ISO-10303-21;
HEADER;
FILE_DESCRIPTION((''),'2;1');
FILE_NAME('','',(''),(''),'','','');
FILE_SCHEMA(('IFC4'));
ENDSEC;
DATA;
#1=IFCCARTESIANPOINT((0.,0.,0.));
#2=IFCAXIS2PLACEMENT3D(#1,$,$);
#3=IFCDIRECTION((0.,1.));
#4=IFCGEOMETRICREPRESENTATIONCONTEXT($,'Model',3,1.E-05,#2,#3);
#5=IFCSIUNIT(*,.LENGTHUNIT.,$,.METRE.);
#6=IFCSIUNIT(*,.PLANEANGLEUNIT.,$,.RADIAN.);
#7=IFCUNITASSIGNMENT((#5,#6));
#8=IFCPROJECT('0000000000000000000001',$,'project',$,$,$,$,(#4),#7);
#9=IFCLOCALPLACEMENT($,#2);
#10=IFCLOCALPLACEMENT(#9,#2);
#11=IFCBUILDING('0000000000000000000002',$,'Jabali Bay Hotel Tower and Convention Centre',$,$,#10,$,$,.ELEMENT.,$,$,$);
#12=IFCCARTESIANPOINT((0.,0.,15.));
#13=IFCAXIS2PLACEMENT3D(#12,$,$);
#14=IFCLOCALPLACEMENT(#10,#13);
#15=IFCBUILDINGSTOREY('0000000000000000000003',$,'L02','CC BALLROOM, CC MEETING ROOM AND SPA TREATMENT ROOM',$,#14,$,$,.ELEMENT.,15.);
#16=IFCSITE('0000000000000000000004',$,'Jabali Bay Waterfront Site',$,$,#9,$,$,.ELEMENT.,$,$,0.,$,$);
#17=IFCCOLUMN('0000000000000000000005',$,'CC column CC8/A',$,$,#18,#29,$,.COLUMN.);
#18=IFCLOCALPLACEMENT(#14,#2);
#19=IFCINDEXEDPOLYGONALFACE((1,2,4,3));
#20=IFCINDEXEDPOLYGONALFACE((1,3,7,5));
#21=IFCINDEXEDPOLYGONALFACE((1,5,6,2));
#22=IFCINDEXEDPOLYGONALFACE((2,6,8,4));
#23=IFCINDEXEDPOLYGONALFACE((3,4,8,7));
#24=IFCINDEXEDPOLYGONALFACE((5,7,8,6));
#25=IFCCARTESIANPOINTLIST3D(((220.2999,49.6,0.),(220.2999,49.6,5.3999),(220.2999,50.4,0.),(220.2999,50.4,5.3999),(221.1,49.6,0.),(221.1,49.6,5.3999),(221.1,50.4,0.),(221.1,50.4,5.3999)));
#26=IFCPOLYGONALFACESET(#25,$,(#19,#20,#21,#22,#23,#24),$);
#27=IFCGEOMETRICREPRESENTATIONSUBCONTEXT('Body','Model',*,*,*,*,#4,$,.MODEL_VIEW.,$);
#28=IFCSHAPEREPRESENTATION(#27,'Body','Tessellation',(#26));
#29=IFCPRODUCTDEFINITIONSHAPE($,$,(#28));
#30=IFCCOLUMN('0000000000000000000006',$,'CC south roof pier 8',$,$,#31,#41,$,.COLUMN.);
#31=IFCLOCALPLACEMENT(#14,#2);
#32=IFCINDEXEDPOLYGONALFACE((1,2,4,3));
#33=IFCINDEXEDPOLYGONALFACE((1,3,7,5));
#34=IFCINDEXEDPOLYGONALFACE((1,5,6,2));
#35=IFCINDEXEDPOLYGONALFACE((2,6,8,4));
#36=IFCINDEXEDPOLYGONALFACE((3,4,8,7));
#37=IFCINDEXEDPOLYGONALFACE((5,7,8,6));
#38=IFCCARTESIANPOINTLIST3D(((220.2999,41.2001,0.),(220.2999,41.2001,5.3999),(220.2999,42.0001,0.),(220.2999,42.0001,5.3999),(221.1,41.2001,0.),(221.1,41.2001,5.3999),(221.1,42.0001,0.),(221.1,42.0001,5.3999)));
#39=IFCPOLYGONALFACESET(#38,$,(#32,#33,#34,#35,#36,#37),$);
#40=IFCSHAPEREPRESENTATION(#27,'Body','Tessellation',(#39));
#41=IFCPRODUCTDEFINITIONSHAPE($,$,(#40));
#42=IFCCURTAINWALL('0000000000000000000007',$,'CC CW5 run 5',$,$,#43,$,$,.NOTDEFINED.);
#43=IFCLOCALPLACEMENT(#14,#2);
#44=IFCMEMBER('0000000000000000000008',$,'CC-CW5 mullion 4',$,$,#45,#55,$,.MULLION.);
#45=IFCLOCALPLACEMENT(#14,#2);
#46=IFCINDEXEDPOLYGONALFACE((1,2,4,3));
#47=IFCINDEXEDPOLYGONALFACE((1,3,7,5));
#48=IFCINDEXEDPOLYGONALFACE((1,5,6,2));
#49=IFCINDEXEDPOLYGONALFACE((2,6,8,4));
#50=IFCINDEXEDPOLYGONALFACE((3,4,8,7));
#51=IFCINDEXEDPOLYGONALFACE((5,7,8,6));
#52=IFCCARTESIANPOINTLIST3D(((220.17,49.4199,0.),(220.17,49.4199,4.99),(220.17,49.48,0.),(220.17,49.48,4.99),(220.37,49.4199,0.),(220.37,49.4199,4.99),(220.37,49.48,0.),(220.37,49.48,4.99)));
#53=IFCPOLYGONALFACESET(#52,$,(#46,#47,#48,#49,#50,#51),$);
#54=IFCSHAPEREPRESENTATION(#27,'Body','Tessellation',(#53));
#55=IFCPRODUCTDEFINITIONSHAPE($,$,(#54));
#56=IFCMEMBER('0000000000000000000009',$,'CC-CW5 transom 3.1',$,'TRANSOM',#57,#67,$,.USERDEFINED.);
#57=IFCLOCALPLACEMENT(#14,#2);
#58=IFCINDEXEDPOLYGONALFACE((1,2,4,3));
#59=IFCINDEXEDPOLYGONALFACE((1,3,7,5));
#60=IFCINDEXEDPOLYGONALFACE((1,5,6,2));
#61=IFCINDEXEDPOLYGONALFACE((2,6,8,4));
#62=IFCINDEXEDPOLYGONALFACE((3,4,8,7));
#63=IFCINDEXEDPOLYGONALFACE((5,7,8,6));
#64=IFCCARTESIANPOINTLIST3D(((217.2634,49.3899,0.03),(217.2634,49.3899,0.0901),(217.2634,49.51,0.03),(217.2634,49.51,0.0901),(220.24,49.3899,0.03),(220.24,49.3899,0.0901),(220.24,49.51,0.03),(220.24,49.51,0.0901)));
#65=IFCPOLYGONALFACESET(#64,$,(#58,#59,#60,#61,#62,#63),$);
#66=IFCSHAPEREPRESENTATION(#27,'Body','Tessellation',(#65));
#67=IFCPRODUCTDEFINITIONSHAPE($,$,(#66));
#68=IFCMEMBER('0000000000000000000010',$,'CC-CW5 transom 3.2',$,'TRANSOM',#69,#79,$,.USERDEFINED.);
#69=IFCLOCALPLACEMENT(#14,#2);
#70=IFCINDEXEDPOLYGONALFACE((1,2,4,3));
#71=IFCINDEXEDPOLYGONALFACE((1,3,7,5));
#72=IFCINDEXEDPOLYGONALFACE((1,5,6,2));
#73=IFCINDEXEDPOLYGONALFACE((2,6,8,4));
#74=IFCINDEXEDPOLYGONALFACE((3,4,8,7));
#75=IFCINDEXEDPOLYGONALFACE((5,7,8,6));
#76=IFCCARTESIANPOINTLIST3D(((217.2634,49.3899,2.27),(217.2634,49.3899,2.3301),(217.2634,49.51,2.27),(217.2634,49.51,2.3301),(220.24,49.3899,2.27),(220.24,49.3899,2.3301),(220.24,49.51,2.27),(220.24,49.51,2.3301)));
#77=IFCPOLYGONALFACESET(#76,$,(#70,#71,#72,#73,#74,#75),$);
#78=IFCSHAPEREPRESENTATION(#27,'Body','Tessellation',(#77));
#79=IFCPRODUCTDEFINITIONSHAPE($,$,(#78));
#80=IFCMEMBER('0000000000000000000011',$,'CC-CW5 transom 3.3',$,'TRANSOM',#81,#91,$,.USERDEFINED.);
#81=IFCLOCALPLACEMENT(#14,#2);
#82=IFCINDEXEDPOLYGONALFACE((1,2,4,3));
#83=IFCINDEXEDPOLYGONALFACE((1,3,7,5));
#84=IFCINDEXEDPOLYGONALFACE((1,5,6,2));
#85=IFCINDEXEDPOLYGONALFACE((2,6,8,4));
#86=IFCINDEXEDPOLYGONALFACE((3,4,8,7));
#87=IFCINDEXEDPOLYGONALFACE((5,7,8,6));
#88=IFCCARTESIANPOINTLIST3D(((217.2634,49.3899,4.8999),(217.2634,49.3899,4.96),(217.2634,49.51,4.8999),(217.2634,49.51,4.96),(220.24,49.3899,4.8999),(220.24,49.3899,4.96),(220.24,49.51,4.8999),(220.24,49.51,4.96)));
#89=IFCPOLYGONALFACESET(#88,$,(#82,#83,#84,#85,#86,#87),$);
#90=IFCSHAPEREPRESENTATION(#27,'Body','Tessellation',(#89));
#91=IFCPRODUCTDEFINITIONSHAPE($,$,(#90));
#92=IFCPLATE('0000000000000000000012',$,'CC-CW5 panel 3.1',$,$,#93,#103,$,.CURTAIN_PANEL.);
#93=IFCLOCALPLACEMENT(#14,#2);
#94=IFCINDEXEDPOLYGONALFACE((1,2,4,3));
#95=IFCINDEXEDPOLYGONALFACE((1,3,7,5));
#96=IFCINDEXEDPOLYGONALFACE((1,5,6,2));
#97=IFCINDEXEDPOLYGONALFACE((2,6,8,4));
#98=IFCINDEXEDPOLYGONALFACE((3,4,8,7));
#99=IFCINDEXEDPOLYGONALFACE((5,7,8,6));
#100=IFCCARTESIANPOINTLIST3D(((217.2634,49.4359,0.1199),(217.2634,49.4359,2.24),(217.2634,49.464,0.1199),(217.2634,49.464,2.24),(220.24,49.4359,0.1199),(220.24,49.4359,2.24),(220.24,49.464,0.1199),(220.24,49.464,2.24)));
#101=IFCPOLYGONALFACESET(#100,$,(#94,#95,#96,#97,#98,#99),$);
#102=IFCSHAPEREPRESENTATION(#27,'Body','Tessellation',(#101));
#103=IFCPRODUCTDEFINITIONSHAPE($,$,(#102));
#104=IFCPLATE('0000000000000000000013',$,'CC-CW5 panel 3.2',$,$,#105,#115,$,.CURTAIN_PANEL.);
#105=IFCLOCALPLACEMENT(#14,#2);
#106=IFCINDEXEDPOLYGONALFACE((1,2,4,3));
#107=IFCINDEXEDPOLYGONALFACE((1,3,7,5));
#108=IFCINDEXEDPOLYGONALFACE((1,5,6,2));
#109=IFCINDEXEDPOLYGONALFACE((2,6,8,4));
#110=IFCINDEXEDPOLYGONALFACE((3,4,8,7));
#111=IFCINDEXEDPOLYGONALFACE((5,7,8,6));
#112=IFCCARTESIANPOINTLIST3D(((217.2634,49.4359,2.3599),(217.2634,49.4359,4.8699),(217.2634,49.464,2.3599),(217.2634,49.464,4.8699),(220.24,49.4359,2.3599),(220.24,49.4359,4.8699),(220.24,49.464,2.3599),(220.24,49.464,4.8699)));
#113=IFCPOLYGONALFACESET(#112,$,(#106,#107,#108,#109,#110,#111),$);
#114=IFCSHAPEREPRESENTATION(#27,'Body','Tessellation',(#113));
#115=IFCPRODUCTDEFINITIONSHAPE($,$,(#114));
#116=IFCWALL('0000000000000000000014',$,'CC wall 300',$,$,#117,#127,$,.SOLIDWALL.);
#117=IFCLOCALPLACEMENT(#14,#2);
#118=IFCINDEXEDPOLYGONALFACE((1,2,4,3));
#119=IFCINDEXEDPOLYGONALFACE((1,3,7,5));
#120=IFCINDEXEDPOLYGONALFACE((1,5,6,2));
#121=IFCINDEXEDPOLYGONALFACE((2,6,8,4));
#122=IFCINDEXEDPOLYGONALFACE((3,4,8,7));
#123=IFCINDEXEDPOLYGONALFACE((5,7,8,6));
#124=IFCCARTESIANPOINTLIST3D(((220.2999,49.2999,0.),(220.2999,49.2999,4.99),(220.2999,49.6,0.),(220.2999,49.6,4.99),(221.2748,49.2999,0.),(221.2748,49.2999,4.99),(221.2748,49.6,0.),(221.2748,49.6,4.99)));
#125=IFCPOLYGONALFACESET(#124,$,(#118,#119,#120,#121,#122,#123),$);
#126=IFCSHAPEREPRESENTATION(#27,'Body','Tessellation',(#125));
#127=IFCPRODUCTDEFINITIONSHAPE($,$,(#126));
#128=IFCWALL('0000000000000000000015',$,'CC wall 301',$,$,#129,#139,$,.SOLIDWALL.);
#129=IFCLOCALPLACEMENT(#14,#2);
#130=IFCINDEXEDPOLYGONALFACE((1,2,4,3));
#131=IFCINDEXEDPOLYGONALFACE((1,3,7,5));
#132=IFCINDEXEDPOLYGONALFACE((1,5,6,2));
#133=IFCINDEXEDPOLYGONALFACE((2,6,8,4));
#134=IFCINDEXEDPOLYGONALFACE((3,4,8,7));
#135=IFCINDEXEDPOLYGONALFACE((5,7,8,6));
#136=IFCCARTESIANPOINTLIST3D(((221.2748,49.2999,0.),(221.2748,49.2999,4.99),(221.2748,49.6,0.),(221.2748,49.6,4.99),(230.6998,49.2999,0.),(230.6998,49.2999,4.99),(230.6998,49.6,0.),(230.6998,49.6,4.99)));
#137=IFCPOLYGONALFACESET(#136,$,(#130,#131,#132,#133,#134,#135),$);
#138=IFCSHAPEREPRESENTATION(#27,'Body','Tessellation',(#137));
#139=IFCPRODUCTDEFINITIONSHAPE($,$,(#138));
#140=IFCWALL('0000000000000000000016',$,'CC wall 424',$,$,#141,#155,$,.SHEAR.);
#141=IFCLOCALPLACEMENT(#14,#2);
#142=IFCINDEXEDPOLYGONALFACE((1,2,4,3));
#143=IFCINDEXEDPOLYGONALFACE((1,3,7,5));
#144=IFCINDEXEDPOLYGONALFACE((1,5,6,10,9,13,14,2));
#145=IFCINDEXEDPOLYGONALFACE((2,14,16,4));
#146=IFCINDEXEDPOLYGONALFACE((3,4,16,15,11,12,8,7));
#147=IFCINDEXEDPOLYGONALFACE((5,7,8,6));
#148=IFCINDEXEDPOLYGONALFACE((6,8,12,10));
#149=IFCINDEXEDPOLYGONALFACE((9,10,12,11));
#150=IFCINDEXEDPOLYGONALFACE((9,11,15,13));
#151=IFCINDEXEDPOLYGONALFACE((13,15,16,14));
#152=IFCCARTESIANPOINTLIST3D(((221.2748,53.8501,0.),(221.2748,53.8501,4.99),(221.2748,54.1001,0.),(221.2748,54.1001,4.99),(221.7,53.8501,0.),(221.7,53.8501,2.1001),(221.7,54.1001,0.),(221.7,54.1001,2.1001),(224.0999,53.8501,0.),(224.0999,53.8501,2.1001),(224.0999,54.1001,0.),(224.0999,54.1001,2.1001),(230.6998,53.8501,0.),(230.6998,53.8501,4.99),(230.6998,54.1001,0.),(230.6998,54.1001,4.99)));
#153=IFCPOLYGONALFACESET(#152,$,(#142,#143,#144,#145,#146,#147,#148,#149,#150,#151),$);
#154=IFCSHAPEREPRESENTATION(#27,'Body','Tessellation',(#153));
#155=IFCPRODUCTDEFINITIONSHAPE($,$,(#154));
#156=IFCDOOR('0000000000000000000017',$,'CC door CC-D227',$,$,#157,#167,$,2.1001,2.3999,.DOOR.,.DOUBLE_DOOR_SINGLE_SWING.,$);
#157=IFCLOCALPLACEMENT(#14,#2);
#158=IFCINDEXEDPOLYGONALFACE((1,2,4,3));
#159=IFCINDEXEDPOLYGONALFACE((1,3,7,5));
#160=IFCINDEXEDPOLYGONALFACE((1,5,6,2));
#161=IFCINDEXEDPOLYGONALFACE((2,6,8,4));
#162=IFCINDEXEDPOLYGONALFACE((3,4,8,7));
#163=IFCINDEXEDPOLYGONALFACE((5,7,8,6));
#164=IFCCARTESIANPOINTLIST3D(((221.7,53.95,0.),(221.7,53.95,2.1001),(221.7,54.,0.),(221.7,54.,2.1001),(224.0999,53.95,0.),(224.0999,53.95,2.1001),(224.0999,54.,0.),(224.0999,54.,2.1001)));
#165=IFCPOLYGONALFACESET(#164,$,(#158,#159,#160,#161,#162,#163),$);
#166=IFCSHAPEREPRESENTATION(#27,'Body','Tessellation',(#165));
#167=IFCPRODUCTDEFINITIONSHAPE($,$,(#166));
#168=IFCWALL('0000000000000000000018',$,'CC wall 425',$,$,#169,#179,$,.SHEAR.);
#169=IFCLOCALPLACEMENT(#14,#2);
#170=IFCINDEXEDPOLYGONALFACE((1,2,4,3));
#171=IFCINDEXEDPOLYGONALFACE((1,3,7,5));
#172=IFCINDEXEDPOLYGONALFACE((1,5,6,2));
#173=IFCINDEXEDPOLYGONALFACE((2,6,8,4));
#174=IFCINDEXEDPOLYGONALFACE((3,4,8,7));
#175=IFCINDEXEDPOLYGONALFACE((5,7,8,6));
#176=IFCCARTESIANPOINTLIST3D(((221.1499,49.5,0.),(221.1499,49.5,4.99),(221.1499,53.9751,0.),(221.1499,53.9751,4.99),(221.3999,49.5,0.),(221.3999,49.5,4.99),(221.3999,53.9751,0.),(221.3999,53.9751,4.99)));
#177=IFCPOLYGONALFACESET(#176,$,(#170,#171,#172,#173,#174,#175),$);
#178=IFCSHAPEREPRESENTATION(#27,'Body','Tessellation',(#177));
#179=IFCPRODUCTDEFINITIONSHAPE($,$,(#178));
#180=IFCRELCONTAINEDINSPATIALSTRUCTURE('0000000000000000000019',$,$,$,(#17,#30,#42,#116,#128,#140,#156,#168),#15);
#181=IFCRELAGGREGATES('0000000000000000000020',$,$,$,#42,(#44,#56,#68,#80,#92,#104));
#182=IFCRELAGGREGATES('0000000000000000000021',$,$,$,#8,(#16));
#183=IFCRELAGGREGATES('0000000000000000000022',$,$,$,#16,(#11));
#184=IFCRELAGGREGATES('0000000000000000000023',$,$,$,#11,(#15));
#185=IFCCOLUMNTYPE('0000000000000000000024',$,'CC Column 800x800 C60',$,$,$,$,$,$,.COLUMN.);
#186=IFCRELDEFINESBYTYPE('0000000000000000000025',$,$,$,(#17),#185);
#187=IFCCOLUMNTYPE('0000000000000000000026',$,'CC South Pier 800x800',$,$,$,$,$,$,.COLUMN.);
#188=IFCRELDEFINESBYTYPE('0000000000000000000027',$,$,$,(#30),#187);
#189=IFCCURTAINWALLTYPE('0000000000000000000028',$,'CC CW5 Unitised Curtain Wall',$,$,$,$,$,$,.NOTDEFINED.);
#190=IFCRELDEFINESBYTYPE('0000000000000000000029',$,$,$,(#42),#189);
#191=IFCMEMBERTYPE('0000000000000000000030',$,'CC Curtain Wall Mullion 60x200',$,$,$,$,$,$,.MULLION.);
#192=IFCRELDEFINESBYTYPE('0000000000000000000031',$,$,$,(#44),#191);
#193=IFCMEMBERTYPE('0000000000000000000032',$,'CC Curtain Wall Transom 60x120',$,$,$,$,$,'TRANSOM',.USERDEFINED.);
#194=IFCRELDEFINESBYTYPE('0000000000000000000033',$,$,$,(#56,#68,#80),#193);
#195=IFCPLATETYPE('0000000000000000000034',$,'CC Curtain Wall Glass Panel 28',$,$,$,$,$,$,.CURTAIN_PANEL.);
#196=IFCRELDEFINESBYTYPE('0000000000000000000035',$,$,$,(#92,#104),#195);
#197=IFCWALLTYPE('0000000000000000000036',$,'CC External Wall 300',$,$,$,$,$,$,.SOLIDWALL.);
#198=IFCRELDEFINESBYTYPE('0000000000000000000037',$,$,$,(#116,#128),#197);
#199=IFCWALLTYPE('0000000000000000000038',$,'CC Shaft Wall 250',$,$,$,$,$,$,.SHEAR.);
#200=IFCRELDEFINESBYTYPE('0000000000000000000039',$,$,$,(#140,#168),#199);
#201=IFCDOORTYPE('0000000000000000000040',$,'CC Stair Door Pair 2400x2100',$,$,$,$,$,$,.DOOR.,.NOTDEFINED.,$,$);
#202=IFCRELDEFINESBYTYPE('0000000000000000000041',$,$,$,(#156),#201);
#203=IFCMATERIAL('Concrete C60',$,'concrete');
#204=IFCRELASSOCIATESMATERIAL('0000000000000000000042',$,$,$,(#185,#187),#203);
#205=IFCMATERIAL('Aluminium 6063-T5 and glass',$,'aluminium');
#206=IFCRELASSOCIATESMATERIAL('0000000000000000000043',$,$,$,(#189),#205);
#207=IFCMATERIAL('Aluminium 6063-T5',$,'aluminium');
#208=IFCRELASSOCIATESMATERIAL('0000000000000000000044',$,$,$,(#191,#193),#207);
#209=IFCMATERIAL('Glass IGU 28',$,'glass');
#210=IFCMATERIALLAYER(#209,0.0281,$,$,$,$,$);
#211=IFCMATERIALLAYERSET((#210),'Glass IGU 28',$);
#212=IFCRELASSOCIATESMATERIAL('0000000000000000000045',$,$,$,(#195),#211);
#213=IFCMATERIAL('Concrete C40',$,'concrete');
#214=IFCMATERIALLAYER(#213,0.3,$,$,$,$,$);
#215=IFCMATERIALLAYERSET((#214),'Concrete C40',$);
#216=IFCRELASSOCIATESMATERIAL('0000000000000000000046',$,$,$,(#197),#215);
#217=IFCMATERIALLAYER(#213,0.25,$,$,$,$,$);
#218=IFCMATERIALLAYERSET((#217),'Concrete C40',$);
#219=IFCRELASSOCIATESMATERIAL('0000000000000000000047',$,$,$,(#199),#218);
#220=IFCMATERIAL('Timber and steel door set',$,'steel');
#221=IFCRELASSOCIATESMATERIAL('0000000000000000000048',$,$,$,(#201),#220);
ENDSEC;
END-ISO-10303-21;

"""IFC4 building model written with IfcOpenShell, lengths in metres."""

from ifc_helpers import new_model, si_unit, direction, frame, frame_2d, origin, origin_2d, place, context, subcontext, project, spatial, rectangle, extrude, material, layer, layer_set, material_profile, profile_set, type_object, element, fill, aggregate, save


model = new_model("IFC4")

# Units and contexts
model_context = context("Model", 3, precision=1e-05, world=origin(), true_north=direction((0.0, 1.0)))
body_context = subcontext(model_context, "Body", "Model", "MODEL_VIEW")
ifc_project = project(units=[si_unit("LENGTHUNIT", "METRE"), si_unit("PLANEANGLEUNIT", "RADIAN")], contexts=[model_context])

# Site, building, storey
site_placement = place(None, origin())
site = spatial("IfcSite", under=ifc_project, at=site_placement, Name="Jabali Bay Waterfront Site", CompositionType="ELEMENT", RefElevation=0.0)
building_placement = place(site_placement, origin())
building = spatial("IfcBuilding", under=site, at=building_placement, Name="Jabali Bay Hotel Tower and Convention Centre", CompositionType="ELEMENT")
storey_placement = place(building_placement, frame((0.0, 0.0, 15.0)))
storey = spatial("IfcBuildingStorey", under=building, at=storey_placement, Name="L02", Description="CC BALLROOM, CC MEETING ROOM AND SPA TREATMENT ROOM", CompositionType="ELEMENT", Elevation=15.0)

# Columns
ifc_material_1 = material(Name="Concrete C60", Category="concrete")
ifc_material_profile_1 = material_profile(ifc_material_1, rectangle(XDim=0.8, YDim=0.8, at=origin_2d()), Name="RC 800x800")
ifc_profile_set_1 = profile_set([ifc_material_profile_1], Name="Concrete C60")
column_type_1 = type_object("IfcColumnType", Name="CC Column 800x800 C60", PredefinedType="COLUMN", material=ifc_profile_set_1)
column_1_placement = place(storey_placement, frame((220.7, 50.0, 0.0), z_axis=(0.0, 0.0, 1.0), x_axis=(1.0, 0.0, 0.0)))
element("IfcColumn", 1, at=column_1_placement, inside=storey, type_object=column_type_1, Name="CC column CC8/A", PredefinedType="COLUMN", context=body_context, shape_type="SweptSolid", body=[
    extrude(rectangle(XDim=0.8, YDim=0.8, at=origin_2d()), origin(), (0.0, 0.0, 1.0), 5.3999),
])
ifc_material_profile_2 = material_profile(ifc_material_1, rectangle(XDim=0.8, YDim=0.8, at=origin_2d()), Name="RC 800x800")
ifc_profile_set_2 = profile_set([ifc_material_profile_2], Name="Concrete C60")
column_type_2 = type_object("IfcColumnType", Name="CC South Pier 800x800", PredefinedType="COLUMN", material=ifc_profile_set_2)
column_2_placement = place(storey_placement, frame((220.7, 41.6001, 0.0), z_axis=(0.0, 0.0, 1.0), x_axis=(1.0, 0.0, 0.0)))
element("IfcColumn", 2, at=column_2_placement, inside=storey, type_object=column_type_2, Name="CC south roof pier 8", PredefinedType="COLUMN", context=body_context, shape_type="SweptSolid", body=[
    extrude(rectangle(XDim=0.8, YDim=0.8, at=origin_2d()), origin(), (0.0, 0.0, 1.0), 5.3999),
])

# Curtain wall, members, plates
ifc_material_2 = material(Name="Aluminium 6063-T5 and glass", Category="aluminium")
curtain_wall_type = type_object("IfcCurtainWallType", Name="CC CW5 Unitised Curtain Wall", PredefinedType="NOTDEFINED", material=ifc_material_2)
curtain_wall_placement = place(storey_placement, origin())
curtain_wall = element("IfcCurtainWall", 3, at=curtain_wall_placement, inside=storey, type_object=curtain_wall_type, Name="CC CW5 run 5", PredefinedType="NOTDEFINED")
ifc_material_3 = material(Name="Aluminium 6063-T5", Category="aluminium")
ifc_material_profile_3 = material_profile(ifc_material_3, rectangle(XDim=0.0601, YDim=0.2, at=origin_2d()), Name="AL 60x200")
ifc_profile_set_3 = profile_set([ifc_material_profile_3], Name="Aluminium 6063-T5")
member_type_1 = type_object("IfcMemberType", Name="CC Curtain Wall Mullion 60x200", PredefinedType="MULLION", material=ifc_profile_set_3)
member_1_placement = place(storey_placement, frame((220.27, 49.45, 0.0), z_axis=(0.0, 0.0, 1.0), x_axis=(0.0, 1.0, 0.0)))
member_1 = element("IfcMember", 4, at=member_1_placement, type_object=member_type_1, Name="CC-CW5 mullion 4", PredefinedType="MULLION", context=body_context, shape_type="SweptSolid", body=[
    extrude(rectangle(XDim=0.0601, YDim=0.2, at=origin_2d()), origin(), (0.0, 0.0, 1.0), 4.99),
])
ifc_material_profile_4 = material_profile(ifc_material_3, rectangle(XDim=0.1201, YDim=0.0601, at=origin_2d()), Name="AL 120x60")
ifc_profile_set_4 = profile_set([ifc_material_profile_4], Name="Aluminium 6063-T5")
member_type_2 = type_object("IfcMemberType", Name="CC Curtain Wall Transom 60x120", ElementType="TRANSOM", PredefinedType="USERDEFINED", material=ifc_profile_set_4)
member_2_placement = place(storey_placement, frame((217.2634, 49.45, 0.0601), z_axis=(1.0, 0.0, 0.0), x_axis=(0.0, 1.0, 0.0)))
member_2 = element("IfcMember", 5, at=member_2_placement, type_object=member_type_2, Name="CC-CW5 transom 3.1", ObjectType="TRANSOM", PredefinedType="USERDEFINED", context=body_context, shape_type="SweptSolid", body=[
    extrude(rectangle(XDim=0.1201, YDim=0.0601, at=origin_2d()), origin(), (0.0, 0.0, 1.0), 2.9766),
])
member_3_placement = place(storey_placement, frame((217.2634, 49.45, 2.3), z_axis=(1.0, 0.0, 0.0), x_axis=(0.0, 1.0, 0.0)))
member_3 = element("IfcMember", 6, at=member_3_placement, type_object=member_type_2, Name="CC-CW5 transom 3.2", ObjectType="TRANSOM", PredefinedType="USERDEFINED", context=body_context, shape_type="SweptSolid", body=[
    extrude(rectangle(XDim=0.1201, YDim=0.0601, at=origin_2d()), origin(), (0.0, 0.0, 1.0), 2.9766),
])
member_4_placement = place(storey_placement, frame((217.2634, 49.45, 4.9299), z_axis=(1.0, 0.0, 0.0), x_axis=(0.0, 1.0, 0.0)))
member_4 = element("IfcMember", 7, at=member_4_placement, type_object=member_type_2, Name="CC-CW5 transom 3.3", ObjectType="TRANSOM", PredefinedType="USERDEFINED", context=body_context, shape_type="SweptSolid", body=[
    extrude(rectangle(XDim=0.1201, YDim=0.0601, at=origin_2d()), origin(), (0.0, 0.0, 1.0), 2.9766),
])
ifc_material_4 = material(Name="Glass IGU 28", Category="glass")
ifc_layer_1 = layer(ifc_material_4, 0.0281)
ifc_layer_set_1 = layer_set([ifc_layer_1], Name="Glass IGU 28")
plate_type = type_object("IfcPlateType", Name="CC Curtain Wall Glass Panel 28", PredefinedType="CURTAIN_PANEL", material=ifc_layer_set_1)
plate_1_placement = place(storey_placement, frame((218.7517, 49.45, 0.1199), z_axis=(0.0, 0.0, 1.0), x_axis=(1.0, 0.0, 0.0)))
plate_1 = element("IfcPlate", 8, at=plate_1_placement, type_object=plate_type, Name="CC-CW5 panel 3.1", PredefinedType="CURTAIN_PANEL", context=body_context, shape_type="SweptSolid", body=[
    extrude(rectangle(XDim=2.9766, YDim=0.0281, at=origin_2d()), origin(), (0.0, 0.0, 1.0), 2.1201),
])
plate_2_placement = place(storey_placement, frame((218.7517, 49.45, 2.3599), z_axis=(0.0, 0.0, 1.0), x_axis=(1.0, 0.0, 0.0)))
plate_2 = element("IfcPlate", 9, at=plate_2_placement, type_object=plate_type, Name="CC-CW5 panel 3.2", PredefinedType="CURTAIN_PANEL", context=body_context, shape_type="SweptSolid", body=[
    extrude(rectangle(XDim=2.9766, YDim=0.0281, at=origin_2d()), origin(), (0.0, 0.0, 1.0), 2.51),
])
aggregate(curtain_wall, [member_1, member_2, member_3, member_4, plate_1, plate_2])

# Walls
ifc_material_5 = material(Name="Concrete C40", Category="concrete")
ifc_layer_2 = layer(ifc_material_5, 0.3)
ifc_layer_set_2 = layer_set([ifc_layer_2], Name="Concrete C40")
wall_type_1 = type_object("IfcWallType", Name="CC External Wall 300", PredefinedType="SOLIDWALL", material=ifc_layer_set_2)
wall_1_placement = place(storey_placement, frame((220.3, 49.45, 0.0), z_axis=(0.0, 0.0, 1.0), x_axis=(1.0, 0.0, 0.0)))
element("IfcWall", 10, at=wall_1_placement, inside=storey, type_object=wall_type_1, Name="CC wall 300", PredefinedType="SOLIDWALL", context=body_context, shape_type="SweptSolid", body=[
    extrude(rectangle(XDim=0.9749, YDim=0.3, at=frame_2d((0.4873, 0.0))), origin(), (0.0, 0.0, 1.0), 4.99),
])
wall_2_placement = place(storey_placement, frame((221.2749, 49.45, 0.0), z_axis=(0.0, 0.0, 1.0), x_axis=(1.0, 0.0, 0.0)))
element("IfcWall", 11, at=wall_2_placement, inside=storey, type_object=wall_type_1, Name="CC wall 301", PredefinedType="SOLIDWALL", context=body_context, shape_type="SweptSolid", body=[
    extrude(rectangle(XDim=9.425, YDim=0.3, at=frame_2d((4.7124, 0.0))), origin(), (0.0, 0.0, 1.0), 4.99),
])

# Wall, opening, door
ifc_layer_3 = layer(ifc_material_5, 0.25)
ifc_layer_set_3 = layer_set([ifc_layer_3], Name="Concrete C40")
wall_type_2 = type_object("IfcWallType", Name="CC Shaft Wall 250", PredefinedType="SHEAR", material=ifc_layer_set_3)
wall_3_placement = place(storey_placement, frame((221.2749, 53.9751, 0.0), z_axis=(0.0, 0.0, 1.0), x_axis=(1.0, 0.0, 0.0)))
wall_3 = element("IfcWall", 12, at=wall_3_placement, inside=storey, type_object=wall_type_2, Name="CC wall 424", PredefinedType="SHEAR", context=body_context, shape_type="SweptSolid", body=[
    extrude(rectangle(XDim=9.425, YDim=0.25, at=frame_2d((4.7124, 0.0))), origin(), (0.0, 0.0, 1.0), 4.99),
])
opening_placement = place(wall_3_placement, frame((0.425, 0.0, 0.0)))
opening = element("IfcOpeningElement", 13, at=opening_placement, cuts=wall_3, PredefinedType="OPENING", context=body_context, shape_type="SweptSolid", body=[
    extrude(rectangle(XDim=2.3999, YDim=2.1001, at=frame_2d((1.2, 1.05))), frame((0.0, 0.1355, 0.0), z_axis=(0.0, -1.0, 0.0), x_axis=(1.0, 0.0, 0.0)), (0.0, 0.0, 1.0), 0.271),
])
ifc_material_6 = material(Name="Timber and steel door set", Category="steel")
door_type = type_object("IfcDoorType", Name="CC Stair Door Pair 2400x2100", OperationType="NOTDEFINED", PredefinedType="DOOR", material=ifc_material_6)
door_placement = place(opening_placement, origin())
door = element("IfcDoor", 14, at=door_placement, inside=storey, type_object=door_type, Name="CC door CC-D227", OperationType="DOUBLE_DOOR_SINGLE_SWING", OverallHeight=2.1001, OverallWidth=2.3999, PredefinedType="DOOR", context=body_context, shape_type="SweptSolid", body=[
    extrude(rectangle(XDim=2.3999, YDim=2.1001, at=frame_2d((1.2, 1.05))), frame((0.0, 0.0249, 0.0), z_axis=(0.0, -1.0, 0.0), x_axis=(1.0, 0.0, 0.0)), (0.0, 0.0, 1.0), 0.05),
])
fill(opening, door)

# Wall
wall_4_placement = place(storey_placement, frame((221.2749, 49.5, 0.0), z_axis=(0.0, 0.0, 1.0), x_axis=(0.0, 1.0, 0.0)))
element("IfcWall", 15, at=wall_4_placement, inside=storey, type_object=wall_type_2, Name="CC wall 425", PredefinedType="SHEAR", context=body_context, shape_type="SweptSolid", body=[
    extrude(rectangle(XDim=4.4751, YDim=0.25, at=frame_2d((2.2375, 0.0))), origin(), (0.0, 0.0, 1.0), 4.99),
])

save(model, "model.ifc")
